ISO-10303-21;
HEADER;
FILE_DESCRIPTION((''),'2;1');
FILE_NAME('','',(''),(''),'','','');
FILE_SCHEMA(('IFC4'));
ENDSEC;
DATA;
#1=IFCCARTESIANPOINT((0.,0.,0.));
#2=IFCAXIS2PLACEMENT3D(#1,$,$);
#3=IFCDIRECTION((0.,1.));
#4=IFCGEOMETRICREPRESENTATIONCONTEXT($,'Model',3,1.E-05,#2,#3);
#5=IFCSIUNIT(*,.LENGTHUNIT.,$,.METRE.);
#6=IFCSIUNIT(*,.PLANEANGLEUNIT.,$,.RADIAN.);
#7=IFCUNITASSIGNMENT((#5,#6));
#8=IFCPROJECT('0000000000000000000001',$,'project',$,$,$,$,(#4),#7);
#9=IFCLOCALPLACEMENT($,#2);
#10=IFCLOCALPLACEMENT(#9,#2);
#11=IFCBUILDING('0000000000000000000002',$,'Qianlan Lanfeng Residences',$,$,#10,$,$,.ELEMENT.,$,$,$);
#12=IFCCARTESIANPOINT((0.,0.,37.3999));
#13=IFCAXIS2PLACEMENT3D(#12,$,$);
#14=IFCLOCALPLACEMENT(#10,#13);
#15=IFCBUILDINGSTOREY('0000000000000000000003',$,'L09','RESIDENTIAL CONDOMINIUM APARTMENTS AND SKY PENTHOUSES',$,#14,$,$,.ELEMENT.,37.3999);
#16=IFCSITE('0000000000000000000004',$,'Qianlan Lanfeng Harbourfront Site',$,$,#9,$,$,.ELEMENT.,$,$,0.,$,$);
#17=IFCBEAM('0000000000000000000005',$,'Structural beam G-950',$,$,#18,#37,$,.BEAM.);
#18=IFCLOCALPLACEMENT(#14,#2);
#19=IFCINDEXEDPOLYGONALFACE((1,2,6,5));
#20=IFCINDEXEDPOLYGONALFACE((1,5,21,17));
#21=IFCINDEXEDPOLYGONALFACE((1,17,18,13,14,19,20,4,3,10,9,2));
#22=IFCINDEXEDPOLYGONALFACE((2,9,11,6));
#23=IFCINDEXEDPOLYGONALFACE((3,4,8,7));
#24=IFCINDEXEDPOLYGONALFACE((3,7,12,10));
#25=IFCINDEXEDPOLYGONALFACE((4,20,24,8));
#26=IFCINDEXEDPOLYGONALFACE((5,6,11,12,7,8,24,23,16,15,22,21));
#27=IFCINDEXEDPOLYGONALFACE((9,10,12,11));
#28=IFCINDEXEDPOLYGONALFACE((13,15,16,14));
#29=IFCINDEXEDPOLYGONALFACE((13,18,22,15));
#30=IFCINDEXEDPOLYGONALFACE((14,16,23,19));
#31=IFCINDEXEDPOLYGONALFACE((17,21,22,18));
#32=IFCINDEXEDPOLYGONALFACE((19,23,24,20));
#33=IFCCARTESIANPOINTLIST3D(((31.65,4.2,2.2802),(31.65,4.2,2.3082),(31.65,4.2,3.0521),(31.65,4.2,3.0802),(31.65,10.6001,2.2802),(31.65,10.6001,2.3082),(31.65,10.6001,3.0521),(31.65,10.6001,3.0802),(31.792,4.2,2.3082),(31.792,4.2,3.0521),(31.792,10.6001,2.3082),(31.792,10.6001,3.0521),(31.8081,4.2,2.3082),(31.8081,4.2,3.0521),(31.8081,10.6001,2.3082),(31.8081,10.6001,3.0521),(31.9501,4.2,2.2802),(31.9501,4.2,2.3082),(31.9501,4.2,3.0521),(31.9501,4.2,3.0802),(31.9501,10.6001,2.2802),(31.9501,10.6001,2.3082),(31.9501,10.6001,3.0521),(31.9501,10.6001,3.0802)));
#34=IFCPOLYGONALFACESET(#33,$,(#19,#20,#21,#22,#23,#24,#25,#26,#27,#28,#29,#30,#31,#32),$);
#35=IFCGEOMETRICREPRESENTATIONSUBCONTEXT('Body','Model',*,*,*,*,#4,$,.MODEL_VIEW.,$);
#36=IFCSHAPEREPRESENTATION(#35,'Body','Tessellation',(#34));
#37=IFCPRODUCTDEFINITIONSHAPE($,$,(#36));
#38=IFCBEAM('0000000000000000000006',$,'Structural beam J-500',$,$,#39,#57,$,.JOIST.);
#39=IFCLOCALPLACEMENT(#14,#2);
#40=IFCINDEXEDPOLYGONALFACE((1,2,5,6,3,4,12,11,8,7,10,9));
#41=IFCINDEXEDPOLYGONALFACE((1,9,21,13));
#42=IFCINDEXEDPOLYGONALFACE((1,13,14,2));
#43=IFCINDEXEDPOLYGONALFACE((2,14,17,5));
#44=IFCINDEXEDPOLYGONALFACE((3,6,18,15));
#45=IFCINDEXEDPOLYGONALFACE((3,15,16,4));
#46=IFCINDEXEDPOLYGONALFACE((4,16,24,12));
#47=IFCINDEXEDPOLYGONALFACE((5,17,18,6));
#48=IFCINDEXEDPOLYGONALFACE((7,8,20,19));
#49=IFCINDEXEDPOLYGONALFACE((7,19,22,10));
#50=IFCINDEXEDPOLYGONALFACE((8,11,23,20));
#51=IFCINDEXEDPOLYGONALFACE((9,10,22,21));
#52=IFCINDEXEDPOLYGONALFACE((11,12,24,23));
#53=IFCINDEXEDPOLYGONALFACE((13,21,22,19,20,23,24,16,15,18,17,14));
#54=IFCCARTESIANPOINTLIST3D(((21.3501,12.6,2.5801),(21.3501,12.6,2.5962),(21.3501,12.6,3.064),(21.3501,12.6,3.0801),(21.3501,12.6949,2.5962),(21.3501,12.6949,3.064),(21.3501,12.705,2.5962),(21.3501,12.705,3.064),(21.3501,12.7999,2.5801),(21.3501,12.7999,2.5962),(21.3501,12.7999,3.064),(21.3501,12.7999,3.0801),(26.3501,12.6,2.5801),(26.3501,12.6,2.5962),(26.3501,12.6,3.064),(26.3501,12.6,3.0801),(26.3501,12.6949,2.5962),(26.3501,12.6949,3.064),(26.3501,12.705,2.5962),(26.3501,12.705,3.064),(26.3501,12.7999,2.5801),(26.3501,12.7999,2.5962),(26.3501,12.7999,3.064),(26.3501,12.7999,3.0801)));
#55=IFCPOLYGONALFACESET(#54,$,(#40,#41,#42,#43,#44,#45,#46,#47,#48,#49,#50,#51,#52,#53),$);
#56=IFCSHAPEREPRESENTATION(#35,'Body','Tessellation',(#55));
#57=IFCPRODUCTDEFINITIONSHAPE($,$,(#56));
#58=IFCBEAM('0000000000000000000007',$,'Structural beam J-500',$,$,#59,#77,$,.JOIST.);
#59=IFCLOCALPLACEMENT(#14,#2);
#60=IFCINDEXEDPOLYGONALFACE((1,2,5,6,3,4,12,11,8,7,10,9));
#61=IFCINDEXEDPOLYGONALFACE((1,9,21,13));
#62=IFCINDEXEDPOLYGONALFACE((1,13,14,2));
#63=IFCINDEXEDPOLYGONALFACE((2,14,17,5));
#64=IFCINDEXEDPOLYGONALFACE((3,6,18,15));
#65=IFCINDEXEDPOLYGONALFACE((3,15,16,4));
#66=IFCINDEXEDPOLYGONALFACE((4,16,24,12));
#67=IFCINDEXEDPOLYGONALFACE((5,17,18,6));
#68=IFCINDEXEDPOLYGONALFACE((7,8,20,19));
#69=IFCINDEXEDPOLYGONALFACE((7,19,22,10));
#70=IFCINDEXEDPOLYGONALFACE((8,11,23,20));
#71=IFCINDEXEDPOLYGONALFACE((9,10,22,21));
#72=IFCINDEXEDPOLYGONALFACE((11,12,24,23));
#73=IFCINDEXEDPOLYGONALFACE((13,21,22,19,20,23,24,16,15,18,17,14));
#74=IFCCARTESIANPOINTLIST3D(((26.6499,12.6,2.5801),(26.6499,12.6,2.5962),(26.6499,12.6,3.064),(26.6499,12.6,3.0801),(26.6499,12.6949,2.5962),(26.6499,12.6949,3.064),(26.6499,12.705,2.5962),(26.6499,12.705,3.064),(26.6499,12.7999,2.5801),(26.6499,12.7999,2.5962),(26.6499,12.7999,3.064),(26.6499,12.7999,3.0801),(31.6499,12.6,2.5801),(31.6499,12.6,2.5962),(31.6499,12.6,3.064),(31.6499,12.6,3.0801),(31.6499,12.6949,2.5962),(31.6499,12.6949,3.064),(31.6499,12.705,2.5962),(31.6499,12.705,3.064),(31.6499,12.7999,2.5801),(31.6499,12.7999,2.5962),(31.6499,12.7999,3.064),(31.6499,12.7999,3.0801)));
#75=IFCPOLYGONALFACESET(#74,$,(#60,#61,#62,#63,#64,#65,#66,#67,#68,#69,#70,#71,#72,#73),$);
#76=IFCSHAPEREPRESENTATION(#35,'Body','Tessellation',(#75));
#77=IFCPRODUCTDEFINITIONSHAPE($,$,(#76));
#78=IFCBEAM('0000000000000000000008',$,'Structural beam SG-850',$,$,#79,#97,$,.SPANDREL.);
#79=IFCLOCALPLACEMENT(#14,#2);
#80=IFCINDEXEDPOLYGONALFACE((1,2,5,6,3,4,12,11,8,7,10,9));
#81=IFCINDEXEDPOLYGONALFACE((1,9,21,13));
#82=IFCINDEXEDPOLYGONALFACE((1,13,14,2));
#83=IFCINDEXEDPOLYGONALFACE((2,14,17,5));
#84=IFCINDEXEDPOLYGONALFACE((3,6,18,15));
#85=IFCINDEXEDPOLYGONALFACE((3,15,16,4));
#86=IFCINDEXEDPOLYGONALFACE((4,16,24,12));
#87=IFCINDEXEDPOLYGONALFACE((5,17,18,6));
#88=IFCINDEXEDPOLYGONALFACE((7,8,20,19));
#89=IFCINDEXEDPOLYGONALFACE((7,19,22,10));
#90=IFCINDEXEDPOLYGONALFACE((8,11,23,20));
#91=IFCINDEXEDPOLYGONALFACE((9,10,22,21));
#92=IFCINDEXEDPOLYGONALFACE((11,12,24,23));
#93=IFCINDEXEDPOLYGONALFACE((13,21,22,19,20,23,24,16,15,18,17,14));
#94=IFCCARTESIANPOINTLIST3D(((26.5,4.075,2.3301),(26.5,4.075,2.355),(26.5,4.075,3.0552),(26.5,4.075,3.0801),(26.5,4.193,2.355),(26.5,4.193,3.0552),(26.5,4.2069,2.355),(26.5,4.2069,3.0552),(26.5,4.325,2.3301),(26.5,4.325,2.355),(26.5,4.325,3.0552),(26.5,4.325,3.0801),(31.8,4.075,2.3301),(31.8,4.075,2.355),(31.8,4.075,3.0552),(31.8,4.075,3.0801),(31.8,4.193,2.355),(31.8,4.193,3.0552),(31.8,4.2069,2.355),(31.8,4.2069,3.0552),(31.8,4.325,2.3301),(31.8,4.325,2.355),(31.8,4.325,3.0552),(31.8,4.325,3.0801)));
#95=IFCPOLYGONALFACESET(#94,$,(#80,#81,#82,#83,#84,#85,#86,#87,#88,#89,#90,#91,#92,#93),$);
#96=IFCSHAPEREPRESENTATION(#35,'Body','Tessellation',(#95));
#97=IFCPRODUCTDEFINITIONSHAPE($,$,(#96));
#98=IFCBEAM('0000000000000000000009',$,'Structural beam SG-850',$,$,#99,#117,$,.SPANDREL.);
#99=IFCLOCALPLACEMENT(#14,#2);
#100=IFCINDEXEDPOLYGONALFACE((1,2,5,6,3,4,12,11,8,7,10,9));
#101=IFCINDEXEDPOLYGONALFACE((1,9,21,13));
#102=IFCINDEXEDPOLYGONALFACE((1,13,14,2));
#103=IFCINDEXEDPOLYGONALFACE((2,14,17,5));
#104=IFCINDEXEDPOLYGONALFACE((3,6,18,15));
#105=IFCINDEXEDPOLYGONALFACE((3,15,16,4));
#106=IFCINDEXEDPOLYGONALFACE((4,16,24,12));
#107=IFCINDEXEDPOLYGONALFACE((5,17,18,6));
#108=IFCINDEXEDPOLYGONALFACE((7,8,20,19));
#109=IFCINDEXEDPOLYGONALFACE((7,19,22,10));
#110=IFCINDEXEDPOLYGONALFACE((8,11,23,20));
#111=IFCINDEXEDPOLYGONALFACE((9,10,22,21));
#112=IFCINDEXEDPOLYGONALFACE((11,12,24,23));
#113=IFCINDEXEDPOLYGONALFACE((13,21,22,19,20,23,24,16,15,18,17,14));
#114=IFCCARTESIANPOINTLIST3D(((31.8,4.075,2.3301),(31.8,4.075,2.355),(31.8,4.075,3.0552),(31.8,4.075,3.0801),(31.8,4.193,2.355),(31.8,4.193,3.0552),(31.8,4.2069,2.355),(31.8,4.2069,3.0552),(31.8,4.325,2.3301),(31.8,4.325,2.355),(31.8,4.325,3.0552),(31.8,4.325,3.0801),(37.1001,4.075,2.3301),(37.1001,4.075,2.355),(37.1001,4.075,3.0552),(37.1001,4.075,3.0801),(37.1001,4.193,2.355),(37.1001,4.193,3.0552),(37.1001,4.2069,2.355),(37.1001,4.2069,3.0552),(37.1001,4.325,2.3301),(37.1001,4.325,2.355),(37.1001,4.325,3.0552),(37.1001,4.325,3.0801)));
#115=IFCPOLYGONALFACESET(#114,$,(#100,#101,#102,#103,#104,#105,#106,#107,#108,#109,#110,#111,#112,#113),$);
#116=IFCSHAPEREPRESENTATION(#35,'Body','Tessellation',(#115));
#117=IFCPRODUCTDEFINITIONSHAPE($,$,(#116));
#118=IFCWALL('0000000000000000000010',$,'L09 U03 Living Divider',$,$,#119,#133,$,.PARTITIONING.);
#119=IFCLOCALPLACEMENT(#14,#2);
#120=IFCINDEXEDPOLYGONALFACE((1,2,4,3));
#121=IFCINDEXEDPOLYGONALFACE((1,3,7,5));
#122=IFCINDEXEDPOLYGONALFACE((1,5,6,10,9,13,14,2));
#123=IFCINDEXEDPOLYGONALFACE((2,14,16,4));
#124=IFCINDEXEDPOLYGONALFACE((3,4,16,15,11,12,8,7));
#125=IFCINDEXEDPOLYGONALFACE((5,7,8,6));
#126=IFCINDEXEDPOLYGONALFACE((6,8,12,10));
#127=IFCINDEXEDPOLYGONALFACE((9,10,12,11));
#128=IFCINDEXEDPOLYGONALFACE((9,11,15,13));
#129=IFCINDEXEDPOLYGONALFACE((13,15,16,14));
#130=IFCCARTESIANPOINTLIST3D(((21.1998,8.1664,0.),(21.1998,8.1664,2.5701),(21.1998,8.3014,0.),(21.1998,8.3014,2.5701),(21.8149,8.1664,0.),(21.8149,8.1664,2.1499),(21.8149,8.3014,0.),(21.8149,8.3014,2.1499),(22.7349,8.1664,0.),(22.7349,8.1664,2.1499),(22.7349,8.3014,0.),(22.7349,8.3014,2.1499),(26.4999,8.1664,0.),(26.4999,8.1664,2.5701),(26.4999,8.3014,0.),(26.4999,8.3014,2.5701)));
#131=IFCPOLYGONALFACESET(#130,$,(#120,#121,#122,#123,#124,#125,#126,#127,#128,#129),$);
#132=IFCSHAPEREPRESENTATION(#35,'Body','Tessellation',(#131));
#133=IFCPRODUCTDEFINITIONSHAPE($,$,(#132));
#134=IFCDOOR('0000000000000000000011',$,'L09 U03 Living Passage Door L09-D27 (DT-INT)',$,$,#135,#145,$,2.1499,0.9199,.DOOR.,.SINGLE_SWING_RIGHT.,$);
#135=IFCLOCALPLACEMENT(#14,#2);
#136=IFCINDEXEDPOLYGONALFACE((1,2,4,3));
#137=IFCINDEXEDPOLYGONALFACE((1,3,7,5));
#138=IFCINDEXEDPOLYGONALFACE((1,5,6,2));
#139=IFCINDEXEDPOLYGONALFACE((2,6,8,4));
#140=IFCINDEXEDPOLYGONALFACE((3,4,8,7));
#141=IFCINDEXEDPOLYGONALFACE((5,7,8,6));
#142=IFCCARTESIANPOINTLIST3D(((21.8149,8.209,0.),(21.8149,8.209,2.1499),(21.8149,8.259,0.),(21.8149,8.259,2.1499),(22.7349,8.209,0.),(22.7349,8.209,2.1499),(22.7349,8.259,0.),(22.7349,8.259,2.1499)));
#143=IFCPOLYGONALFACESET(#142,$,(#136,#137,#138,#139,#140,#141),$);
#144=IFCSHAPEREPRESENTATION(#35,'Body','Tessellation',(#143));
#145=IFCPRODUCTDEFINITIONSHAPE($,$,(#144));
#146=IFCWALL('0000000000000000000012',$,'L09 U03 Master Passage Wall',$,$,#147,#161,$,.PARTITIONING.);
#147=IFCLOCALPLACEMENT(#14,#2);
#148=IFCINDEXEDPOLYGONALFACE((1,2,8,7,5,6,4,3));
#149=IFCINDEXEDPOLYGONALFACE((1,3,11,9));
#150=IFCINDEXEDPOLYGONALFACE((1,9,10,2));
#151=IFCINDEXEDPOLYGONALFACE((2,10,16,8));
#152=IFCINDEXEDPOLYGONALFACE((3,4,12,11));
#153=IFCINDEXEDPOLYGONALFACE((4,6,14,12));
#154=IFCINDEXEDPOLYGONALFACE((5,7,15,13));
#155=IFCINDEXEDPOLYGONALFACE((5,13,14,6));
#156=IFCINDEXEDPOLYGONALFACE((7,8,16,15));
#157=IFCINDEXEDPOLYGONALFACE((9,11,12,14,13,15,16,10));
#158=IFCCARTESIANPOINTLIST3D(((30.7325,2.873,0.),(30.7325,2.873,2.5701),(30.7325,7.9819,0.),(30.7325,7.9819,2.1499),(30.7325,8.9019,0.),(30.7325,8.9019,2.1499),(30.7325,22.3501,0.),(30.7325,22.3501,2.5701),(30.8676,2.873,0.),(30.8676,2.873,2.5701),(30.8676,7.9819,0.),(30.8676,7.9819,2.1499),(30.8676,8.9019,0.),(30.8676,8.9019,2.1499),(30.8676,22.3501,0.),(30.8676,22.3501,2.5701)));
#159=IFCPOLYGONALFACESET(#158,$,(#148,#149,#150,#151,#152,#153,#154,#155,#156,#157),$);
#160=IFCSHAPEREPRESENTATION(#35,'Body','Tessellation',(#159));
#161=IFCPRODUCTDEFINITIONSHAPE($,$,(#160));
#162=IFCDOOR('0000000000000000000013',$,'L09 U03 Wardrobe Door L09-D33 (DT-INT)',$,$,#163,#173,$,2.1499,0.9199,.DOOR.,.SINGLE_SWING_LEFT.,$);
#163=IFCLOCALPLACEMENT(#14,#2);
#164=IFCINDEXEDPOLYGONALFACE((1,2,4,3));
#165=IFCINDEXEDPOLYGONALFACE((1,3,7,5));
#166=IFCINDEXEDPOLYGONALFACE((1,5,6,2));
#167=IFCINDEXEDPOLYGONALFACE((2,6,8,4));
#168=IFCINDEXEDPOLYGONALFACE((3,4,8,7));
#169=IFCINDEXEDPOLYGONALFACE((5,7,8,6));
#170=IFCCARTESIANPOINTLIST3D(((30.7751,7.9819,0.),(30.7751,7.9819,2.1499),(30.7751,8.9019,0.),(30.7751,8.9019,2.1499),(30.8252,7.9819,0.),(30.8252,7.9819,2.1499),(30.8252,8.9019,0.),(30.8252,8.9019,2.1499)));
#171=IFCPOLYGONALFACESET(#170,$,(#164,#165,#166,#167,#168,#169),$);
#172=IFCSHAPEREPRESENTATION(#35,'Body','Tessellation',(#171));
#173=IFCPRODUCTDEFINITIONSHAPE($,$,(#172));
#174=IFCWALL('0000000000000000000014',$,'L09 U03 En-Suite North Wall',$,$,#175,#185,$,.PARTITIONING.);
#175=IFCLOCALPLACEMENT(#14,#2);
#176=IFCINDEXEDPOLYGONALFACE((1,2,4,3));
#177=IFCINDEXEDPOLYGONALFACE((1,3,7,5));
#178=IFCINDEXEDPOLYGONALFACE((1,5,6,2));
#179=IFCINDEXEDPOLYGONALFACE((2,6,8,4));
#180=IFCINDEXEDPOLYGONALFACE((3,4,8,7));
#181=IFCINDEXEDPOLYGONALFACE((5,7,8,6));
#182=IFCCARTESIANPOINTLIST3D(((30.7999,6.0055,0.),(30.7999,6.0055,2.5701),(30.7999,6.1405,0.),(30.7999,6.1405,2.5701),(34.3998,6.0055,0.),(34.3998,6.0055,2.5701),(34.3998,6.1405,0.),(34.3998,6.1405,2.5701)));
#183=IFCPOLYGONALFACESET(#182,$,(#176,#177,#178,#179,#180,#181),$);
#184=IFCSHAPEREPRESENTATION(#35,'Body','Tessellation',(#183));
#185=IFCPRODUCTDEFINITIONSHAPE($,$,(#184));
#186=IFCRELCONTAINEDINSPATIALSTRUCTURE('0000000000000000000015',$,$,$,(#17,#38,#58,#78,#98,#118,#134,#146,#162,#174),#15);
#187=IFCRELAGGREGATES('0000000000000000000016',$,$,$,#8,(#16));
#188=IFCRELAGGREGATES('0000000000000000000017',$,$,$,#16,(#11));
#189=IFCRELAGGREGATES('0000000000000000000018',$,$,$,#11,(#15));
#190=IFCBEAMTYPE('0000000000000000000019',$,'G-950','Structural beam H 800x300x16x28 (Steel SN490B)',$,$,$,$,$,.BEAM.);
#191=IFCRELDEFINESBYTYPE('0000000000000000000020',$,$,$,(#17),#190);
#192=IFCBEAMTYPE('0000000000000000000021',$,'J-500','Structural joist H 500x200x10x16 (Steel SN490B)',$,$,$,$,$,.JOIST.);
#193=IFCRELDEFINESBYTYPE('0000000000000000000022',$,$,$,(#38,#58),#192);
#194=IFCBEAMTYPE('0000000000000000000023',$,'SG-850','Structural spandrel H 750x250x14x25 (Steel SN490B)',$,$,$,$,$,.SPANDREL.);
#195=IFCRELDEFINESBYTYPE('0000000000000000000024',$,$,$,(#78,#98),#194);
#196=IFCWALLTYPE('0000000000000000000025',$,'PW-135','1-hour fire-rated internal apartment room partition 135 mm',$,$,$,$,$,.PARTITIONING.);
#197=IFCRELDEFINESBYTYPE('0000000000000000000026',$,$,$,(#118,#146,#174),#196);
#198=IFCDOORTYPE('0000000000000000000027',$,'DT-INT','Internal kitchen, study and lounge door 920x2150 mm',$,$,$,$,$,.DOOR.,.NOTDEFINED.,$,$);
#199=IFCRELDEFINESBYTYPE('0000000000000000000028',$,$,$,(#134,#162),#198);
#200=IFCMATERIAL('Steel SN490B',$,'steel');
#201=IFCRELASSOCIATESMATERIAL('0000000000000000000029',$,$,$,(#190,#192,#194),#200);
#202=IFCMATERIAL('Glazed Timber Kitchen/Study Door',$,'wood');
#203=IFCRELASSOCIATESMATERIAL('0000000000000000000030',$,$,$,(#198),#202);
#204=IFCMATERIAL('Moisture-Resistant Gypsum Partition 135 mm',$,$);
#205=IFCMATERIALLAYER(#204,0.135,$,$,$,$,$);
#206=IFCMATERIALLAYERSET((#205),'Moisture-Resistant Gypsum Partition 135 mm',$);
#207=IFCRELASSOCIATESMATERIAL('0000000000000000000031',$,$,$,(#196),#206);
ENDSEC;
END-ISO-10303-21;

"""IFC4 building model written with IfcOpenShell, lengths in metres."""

from ifc_helpers import new_model, si_unit, direction, frame, frame_2d, origin, origin_2d, place, context, subcontext, project, spatial, rectangle, i_section, extrude, material, layer, layer_set, material_profile, profile_set, type_object, element, fill, save


model = new_model("IFC4")

# Units and contexts
model_context = context("Model", 3, precision=1e-05, world=origin(), true_north=direction((0.0, 1.0)))
body_context = subcontext(model_context, "Body", "Model", "MODEL_VIEW")
ifc_project = project(units=[si_unit("LENGTHUNIT", "METRE"), si_unit("PLANEANGLEUNIT", "RADIAN")], contexts=[model_context])

# Site, building, storey
site_placement = place(None, origin())
site = spatial("IfcSite", under=ifc_project, at=site_placement, Name="Qianlan Lanfeng Harbourfront Site", CompositionType="ELEMENT", RefElevation=0.0)
building_placement = place(site_placement, origin())
building = spatial("IfcBuilding", under=site, at=building_placement, Name="Qianlan Lanfeng Residences", CompositionType="ELEMENT")
storey_placement = place(building_placement, frame((0.0, 0.0, 37.3999)))
storey = spatial("IfcBuildingStorey", under=building, at=storey_placement, Name="L09", Description="RESIDENTIAL CONDOMINIUM APARTMENTS AND SKY PENTHOUSES", CompositionType="ELEMENT", Elevation=37.3999)

# Shared definitions
ifc_material_1 = material(Name="Steel SN490B", Category="steel")

# Beams
ifc_material_profile_1 = material_profile(ifc_material_1, i_section(OverallWidth=0.3, OverallDepth=0.8, WebThickness=0.0161, FlangeThickness=0.0281, at=origin_2d()), Name="H 800x300x16x28")
ifc_profile_set_1 = profile_set([ifc_material_profile_1], Name="Steel SN490B")
beam_type_1 = type_object("IfcBeamType", Name="G-950", Description="Structural beam H 800x300x16x28 (Steel SN490B)", PredefinedType="BEAM", material=ifc_profile_set_1)
beam_1_placement = place(storey_placement, frame((31.8, 4.2, 2.6802), z_axis=(0.0, 1.0, 0.0), x_axis=(-1.0, 0.0, 0.0)))
element("IfcBeam", 1, at=beam_1_placement, inside=storey, type_object=beam_type_1, Name="Structural beam G-950", PredefinedType="BEAM", context=body_context, shape_type="SweptSolid", body=[
    extrude(i_section(OverallWidth=0.3, OverallDepth=0.8, WebThickness=0.0161, FlangeThickness=0.0281, at=origin_2d()), origin(), (0.0, 0.0, 1.0), 6.4001),
])
ifc_material_profile_2 = material_profile(ifc_material_1, i_section(OverallWidth=0.2, OverallDepth=0.5, WebThickness=0.01, FlangeThickness=0.0161, at=origin_2d()), Name="H 500x200x10x16")
ifc_profile_set_2 = profile_set([ifc_material_profile_2], Name="Steel SN490B")
beam_type_2 = type_object("IfcBeamType", Name="J-500", Description="Structural joist H 500x200x10x16 (Steel SN490B)", PredefinedType="JOIST", material=ifc_profile_set_2)
for number, where, z_axis, x_axis, name in (
    (2, (21.3501, 12.7, 2.8301), (1.0, 0.0, 0.0), (0.0, 1.0, 0.0), "Structural beam J-500"),
    (3, (26.6499, 12.7, 2.8301), (1.0, 0.0, 0.0), (0.0, 1.0, 0.0), "Structural beam J-500"),
):
    element("IfcBeam", number, at=place(storey_placement, frame(where, z_axis=z_axis, x_axis=x_axis)), inside=storey, type_object=beam_type_2, Name=name, PredefinedType="JOIST", context=body_context, shape_type="SweptSolid", body=[
        extrude(i_section(OverallWidth=0.2, OverallDepth=0.5, WebThickness=0.01, FlangeThickness=0.0161, at=origin_2d()), origin(), (0.0, 0.0, 1.0), 5.0),
    ])
ifc_material_profile_3 = material_profile(ifc_material_1, i_section(OverallWidth=0.25, OverallDepth=0.75, WebThickness=0.0139, FlangeThickness=0.0249, at=origin_2d()), Name="H 750x250x14x25")
ifc_profile_set_3 = profile_set([ifc_material_profile_3], Name="Steel SN490B")
beam_type_3 = type_object("IfcBeamType", Name="SG-850", Description="Structural spandrel H 750x250x14x25 (Steel SN490B)", PredefinedType="SPANDREL", material=ifc_profile_set_3)
for number, where, z_axis, x_axis, name in (
    (4, (26.5, 4.2, 2.7051), (1.0, 0.0, 0.0), (0.0, 1.0, 0.0), "Structural beam SG-850"),
    (5, (31.8, 4.2, 2.7051), (1.0, 0.0, 0.0), (0.0, 1.0, 0.0), "Structural beam SG-850"),
):
    element("IfcBeam", number, at=place(storey_placement, frame(where, z_axis=z_axis, x_axis=x_axis)), inside=storey, type_object=beam_type_3, Name=name, PredefinedType="SPANDREL", context=body_context, shape_type="SweptSolid", body=[
        extrude(i_section(OverallWidth=0.25, OverallDepth=0.75, WebThickness=0.0139, FlangeThickness=0.0249, at=origin_2d()), origin(), (0.0, 0.0, 1.0), 5.3),
    ])

# Wall, opening, door
ifc_material_2 = material(Name="Glazed Timber Kitchen/Study Door", Category="wood")
door_type_1 = type_object("IfcDoorType", Name="DT-INT", Description="Internal kitchen, study and lounge door 920x2150 mm", OperationType="NOTDEFINED", PredefinedType="DOOR", material=ifc_material_2)
ifc_material_3 = material(Name="Moisture-Resistant Gypsum Partition 135 mm")
ifc_layer_1 = layer(ifc_material_3, 0.135)
ifc_layer_set_1 = layer_set([ifc_layer_1], Name="Moisture-Resistant Gypsum Partition 135 mm")
wall_type_1 = type_object("IfcWallType", Name="PW-135", Description="1-hour fire-rated internal apartment room partition 135 mm", PredefinedType="PARTITIONING", material=ifc_layer_set_1)
wall_1_placement = place(storey_placement, frame((21.2, 8.2339, 0.0), z_axis=(0.0, 0.0, 1.0), x_axis=(1.0, 0.0, 0.0)))
wall_1 = element("IfcWall", 6, at=wall_1_placement, inside=storey, type_object=wall_type_1, Name="L09 U03 Living Divider", PredefinedType="PARTITIONING", context=body_context, shape_type="SweptSolid", body=[
    extrude(rectangle(XDim=5.3, YDim=0.135, at=frame_2d((2.6499, 0.0))), origin(), (0.0, 0.0, 1.0), 2.5701),
])
opening_1_placement = place(wall_1_placement, frame((0.615, 0.0, 0.0)))
opening_1 = element("IfcOpeningElement", 7, at=opening_1_placement, cuts=wall_1, PredefinedType="OPENING", context=body_context, shape_type="SweptSolid", body=[
    extrude(rectangle(XDim=0.9199, YDim=2.1499, at=frame_2d((0.46, 1.075))), frame((0.0, 0.0776, 0.0), z_axis=(0.0, -1.0, 0.0), x_axis=(1.0, 0.0, 0.0)), (0.0, 0.0, 1.0), 0.155),
])
door_1_placement = place(opening_1_placement, frame((0.9199, 0.0, 0.0), z_axis=(0.0, 0.0, 1.0), x_axis=(-1.0, 0.0, 0.0)))
door_1 = element("IfcDoor", 8, at=door_1_placement, inside=storey, type_object=door_type_1, Name="L09 U03 Living Passage Door L09-D27 (DT-INT)", OperationType="SINGLE_SWING_RIGHT", OverallHeight=2.1499, OverallWidth=0.9199, PredefinedType="DOOR", context=body_context, shape_type="SweptSolid", body=[
    extrude(rectangle(XDim=0.9199, YDim=2.1499, at=frame_2d((0.46, 1.075))), frame((0.0, 0.0249, 0.0), z_axis=(0.0, -1.0, 0.0), x_axis=(1.0, 0.0, 0.0)), (0.0, 0.0, 1.0), 0.05),
])
fill(opening_1, door_1)

# Wall, opening, door
wall_2_placement = place(storey_placement, frame((30.8, 2.873, 0.0), z_axis=(0.0, 0.0, 1.0), x_axis=(0.0, 1.0, 0.0)))
wall_2 = element("IfcWall", 9, at=wall_2_placement, inside=storey, type_object=wall_type_1, Name="L09 U03 Master Passage Wall", PredefinedType="PARTITIONING", context=body_context, shape_type="SweptSolid", body=[
    extrude(rectangle(XDim=19.4771, YDim=0.135, at=frame_2d((9.7385, 0.0))), origin(), (0.0, 0.0, 1.0), 2.5701),
])
opening_2_placement = place(wall_2_placement, frame((5.1089, 0.0, 0.0)))
opening_2 = element("IfcOpeningElement", 10, at=opening_2_placement, cuts=wall_2, PredefinedType="OPENING", context=body_context, shape_type="SweptSolid", body=[
    extrude(rectangle(XDim=0.9199, YDim=2.1499, at=frame_2d((0.46, 1.075))), frame((0.0, 0.0776, 0.0), z_axis=(0.0, -1.0, 0.0), x_axis=(1.0, 0.0, 0.0)), (0.0, 0.0, 1.0), 0.155),
])
door_2_placement = place(opening_2_placement, origin())
door_2 = element("IfcDoor", 11, at=door_2_placement, inside=storey, type_object=door_type_1, Name="L09 U03 Wardrobe Door L09-D33 (DT-INT)", OperationType="SINGLE_SWING_LEFT", OverallHeight=2.1499, OverallWidth=0.9199, PredefinedType="DOOR", context=body_context, shape_type="SweptSolid", body=[
    extrude(rectangle(XDim=0.9199, YDim=2.1499, at=frame_2d((0.46, 1.075))), frame((0.0, 0.0249, 0.0), z_axis=(0.0, -1.0, 0.0), x_axis=(1.0, 0.0, 0.0)), (0.0, 0.0, 1.0), 0.05),
])
fill(opening_2, door_2)

# Wall
wall_3_placement = place(storey_placement, frame((30.8, 6.073, 0.0), z_axis=(0.0, 0.0, 1.0), x_axis=(1.0, 0.0, 0.0)))
element("IfcWall", 12, at=wall_3_placement, inside=storey, type_object=wall_type_1, Name="L09 U03 En-Suite North Wall", PredefinedType="PARTITIONING", context=body_context, shape_type="SweptSolid", body=[
    extrude(rectangle(XDim=3.5999, YDim=0.135, at=frame_2d((1.7998, 0.0))), origin(), (0.0, 0.0, 1.0), 2.5701),
])

save(model, "model.ifc")
